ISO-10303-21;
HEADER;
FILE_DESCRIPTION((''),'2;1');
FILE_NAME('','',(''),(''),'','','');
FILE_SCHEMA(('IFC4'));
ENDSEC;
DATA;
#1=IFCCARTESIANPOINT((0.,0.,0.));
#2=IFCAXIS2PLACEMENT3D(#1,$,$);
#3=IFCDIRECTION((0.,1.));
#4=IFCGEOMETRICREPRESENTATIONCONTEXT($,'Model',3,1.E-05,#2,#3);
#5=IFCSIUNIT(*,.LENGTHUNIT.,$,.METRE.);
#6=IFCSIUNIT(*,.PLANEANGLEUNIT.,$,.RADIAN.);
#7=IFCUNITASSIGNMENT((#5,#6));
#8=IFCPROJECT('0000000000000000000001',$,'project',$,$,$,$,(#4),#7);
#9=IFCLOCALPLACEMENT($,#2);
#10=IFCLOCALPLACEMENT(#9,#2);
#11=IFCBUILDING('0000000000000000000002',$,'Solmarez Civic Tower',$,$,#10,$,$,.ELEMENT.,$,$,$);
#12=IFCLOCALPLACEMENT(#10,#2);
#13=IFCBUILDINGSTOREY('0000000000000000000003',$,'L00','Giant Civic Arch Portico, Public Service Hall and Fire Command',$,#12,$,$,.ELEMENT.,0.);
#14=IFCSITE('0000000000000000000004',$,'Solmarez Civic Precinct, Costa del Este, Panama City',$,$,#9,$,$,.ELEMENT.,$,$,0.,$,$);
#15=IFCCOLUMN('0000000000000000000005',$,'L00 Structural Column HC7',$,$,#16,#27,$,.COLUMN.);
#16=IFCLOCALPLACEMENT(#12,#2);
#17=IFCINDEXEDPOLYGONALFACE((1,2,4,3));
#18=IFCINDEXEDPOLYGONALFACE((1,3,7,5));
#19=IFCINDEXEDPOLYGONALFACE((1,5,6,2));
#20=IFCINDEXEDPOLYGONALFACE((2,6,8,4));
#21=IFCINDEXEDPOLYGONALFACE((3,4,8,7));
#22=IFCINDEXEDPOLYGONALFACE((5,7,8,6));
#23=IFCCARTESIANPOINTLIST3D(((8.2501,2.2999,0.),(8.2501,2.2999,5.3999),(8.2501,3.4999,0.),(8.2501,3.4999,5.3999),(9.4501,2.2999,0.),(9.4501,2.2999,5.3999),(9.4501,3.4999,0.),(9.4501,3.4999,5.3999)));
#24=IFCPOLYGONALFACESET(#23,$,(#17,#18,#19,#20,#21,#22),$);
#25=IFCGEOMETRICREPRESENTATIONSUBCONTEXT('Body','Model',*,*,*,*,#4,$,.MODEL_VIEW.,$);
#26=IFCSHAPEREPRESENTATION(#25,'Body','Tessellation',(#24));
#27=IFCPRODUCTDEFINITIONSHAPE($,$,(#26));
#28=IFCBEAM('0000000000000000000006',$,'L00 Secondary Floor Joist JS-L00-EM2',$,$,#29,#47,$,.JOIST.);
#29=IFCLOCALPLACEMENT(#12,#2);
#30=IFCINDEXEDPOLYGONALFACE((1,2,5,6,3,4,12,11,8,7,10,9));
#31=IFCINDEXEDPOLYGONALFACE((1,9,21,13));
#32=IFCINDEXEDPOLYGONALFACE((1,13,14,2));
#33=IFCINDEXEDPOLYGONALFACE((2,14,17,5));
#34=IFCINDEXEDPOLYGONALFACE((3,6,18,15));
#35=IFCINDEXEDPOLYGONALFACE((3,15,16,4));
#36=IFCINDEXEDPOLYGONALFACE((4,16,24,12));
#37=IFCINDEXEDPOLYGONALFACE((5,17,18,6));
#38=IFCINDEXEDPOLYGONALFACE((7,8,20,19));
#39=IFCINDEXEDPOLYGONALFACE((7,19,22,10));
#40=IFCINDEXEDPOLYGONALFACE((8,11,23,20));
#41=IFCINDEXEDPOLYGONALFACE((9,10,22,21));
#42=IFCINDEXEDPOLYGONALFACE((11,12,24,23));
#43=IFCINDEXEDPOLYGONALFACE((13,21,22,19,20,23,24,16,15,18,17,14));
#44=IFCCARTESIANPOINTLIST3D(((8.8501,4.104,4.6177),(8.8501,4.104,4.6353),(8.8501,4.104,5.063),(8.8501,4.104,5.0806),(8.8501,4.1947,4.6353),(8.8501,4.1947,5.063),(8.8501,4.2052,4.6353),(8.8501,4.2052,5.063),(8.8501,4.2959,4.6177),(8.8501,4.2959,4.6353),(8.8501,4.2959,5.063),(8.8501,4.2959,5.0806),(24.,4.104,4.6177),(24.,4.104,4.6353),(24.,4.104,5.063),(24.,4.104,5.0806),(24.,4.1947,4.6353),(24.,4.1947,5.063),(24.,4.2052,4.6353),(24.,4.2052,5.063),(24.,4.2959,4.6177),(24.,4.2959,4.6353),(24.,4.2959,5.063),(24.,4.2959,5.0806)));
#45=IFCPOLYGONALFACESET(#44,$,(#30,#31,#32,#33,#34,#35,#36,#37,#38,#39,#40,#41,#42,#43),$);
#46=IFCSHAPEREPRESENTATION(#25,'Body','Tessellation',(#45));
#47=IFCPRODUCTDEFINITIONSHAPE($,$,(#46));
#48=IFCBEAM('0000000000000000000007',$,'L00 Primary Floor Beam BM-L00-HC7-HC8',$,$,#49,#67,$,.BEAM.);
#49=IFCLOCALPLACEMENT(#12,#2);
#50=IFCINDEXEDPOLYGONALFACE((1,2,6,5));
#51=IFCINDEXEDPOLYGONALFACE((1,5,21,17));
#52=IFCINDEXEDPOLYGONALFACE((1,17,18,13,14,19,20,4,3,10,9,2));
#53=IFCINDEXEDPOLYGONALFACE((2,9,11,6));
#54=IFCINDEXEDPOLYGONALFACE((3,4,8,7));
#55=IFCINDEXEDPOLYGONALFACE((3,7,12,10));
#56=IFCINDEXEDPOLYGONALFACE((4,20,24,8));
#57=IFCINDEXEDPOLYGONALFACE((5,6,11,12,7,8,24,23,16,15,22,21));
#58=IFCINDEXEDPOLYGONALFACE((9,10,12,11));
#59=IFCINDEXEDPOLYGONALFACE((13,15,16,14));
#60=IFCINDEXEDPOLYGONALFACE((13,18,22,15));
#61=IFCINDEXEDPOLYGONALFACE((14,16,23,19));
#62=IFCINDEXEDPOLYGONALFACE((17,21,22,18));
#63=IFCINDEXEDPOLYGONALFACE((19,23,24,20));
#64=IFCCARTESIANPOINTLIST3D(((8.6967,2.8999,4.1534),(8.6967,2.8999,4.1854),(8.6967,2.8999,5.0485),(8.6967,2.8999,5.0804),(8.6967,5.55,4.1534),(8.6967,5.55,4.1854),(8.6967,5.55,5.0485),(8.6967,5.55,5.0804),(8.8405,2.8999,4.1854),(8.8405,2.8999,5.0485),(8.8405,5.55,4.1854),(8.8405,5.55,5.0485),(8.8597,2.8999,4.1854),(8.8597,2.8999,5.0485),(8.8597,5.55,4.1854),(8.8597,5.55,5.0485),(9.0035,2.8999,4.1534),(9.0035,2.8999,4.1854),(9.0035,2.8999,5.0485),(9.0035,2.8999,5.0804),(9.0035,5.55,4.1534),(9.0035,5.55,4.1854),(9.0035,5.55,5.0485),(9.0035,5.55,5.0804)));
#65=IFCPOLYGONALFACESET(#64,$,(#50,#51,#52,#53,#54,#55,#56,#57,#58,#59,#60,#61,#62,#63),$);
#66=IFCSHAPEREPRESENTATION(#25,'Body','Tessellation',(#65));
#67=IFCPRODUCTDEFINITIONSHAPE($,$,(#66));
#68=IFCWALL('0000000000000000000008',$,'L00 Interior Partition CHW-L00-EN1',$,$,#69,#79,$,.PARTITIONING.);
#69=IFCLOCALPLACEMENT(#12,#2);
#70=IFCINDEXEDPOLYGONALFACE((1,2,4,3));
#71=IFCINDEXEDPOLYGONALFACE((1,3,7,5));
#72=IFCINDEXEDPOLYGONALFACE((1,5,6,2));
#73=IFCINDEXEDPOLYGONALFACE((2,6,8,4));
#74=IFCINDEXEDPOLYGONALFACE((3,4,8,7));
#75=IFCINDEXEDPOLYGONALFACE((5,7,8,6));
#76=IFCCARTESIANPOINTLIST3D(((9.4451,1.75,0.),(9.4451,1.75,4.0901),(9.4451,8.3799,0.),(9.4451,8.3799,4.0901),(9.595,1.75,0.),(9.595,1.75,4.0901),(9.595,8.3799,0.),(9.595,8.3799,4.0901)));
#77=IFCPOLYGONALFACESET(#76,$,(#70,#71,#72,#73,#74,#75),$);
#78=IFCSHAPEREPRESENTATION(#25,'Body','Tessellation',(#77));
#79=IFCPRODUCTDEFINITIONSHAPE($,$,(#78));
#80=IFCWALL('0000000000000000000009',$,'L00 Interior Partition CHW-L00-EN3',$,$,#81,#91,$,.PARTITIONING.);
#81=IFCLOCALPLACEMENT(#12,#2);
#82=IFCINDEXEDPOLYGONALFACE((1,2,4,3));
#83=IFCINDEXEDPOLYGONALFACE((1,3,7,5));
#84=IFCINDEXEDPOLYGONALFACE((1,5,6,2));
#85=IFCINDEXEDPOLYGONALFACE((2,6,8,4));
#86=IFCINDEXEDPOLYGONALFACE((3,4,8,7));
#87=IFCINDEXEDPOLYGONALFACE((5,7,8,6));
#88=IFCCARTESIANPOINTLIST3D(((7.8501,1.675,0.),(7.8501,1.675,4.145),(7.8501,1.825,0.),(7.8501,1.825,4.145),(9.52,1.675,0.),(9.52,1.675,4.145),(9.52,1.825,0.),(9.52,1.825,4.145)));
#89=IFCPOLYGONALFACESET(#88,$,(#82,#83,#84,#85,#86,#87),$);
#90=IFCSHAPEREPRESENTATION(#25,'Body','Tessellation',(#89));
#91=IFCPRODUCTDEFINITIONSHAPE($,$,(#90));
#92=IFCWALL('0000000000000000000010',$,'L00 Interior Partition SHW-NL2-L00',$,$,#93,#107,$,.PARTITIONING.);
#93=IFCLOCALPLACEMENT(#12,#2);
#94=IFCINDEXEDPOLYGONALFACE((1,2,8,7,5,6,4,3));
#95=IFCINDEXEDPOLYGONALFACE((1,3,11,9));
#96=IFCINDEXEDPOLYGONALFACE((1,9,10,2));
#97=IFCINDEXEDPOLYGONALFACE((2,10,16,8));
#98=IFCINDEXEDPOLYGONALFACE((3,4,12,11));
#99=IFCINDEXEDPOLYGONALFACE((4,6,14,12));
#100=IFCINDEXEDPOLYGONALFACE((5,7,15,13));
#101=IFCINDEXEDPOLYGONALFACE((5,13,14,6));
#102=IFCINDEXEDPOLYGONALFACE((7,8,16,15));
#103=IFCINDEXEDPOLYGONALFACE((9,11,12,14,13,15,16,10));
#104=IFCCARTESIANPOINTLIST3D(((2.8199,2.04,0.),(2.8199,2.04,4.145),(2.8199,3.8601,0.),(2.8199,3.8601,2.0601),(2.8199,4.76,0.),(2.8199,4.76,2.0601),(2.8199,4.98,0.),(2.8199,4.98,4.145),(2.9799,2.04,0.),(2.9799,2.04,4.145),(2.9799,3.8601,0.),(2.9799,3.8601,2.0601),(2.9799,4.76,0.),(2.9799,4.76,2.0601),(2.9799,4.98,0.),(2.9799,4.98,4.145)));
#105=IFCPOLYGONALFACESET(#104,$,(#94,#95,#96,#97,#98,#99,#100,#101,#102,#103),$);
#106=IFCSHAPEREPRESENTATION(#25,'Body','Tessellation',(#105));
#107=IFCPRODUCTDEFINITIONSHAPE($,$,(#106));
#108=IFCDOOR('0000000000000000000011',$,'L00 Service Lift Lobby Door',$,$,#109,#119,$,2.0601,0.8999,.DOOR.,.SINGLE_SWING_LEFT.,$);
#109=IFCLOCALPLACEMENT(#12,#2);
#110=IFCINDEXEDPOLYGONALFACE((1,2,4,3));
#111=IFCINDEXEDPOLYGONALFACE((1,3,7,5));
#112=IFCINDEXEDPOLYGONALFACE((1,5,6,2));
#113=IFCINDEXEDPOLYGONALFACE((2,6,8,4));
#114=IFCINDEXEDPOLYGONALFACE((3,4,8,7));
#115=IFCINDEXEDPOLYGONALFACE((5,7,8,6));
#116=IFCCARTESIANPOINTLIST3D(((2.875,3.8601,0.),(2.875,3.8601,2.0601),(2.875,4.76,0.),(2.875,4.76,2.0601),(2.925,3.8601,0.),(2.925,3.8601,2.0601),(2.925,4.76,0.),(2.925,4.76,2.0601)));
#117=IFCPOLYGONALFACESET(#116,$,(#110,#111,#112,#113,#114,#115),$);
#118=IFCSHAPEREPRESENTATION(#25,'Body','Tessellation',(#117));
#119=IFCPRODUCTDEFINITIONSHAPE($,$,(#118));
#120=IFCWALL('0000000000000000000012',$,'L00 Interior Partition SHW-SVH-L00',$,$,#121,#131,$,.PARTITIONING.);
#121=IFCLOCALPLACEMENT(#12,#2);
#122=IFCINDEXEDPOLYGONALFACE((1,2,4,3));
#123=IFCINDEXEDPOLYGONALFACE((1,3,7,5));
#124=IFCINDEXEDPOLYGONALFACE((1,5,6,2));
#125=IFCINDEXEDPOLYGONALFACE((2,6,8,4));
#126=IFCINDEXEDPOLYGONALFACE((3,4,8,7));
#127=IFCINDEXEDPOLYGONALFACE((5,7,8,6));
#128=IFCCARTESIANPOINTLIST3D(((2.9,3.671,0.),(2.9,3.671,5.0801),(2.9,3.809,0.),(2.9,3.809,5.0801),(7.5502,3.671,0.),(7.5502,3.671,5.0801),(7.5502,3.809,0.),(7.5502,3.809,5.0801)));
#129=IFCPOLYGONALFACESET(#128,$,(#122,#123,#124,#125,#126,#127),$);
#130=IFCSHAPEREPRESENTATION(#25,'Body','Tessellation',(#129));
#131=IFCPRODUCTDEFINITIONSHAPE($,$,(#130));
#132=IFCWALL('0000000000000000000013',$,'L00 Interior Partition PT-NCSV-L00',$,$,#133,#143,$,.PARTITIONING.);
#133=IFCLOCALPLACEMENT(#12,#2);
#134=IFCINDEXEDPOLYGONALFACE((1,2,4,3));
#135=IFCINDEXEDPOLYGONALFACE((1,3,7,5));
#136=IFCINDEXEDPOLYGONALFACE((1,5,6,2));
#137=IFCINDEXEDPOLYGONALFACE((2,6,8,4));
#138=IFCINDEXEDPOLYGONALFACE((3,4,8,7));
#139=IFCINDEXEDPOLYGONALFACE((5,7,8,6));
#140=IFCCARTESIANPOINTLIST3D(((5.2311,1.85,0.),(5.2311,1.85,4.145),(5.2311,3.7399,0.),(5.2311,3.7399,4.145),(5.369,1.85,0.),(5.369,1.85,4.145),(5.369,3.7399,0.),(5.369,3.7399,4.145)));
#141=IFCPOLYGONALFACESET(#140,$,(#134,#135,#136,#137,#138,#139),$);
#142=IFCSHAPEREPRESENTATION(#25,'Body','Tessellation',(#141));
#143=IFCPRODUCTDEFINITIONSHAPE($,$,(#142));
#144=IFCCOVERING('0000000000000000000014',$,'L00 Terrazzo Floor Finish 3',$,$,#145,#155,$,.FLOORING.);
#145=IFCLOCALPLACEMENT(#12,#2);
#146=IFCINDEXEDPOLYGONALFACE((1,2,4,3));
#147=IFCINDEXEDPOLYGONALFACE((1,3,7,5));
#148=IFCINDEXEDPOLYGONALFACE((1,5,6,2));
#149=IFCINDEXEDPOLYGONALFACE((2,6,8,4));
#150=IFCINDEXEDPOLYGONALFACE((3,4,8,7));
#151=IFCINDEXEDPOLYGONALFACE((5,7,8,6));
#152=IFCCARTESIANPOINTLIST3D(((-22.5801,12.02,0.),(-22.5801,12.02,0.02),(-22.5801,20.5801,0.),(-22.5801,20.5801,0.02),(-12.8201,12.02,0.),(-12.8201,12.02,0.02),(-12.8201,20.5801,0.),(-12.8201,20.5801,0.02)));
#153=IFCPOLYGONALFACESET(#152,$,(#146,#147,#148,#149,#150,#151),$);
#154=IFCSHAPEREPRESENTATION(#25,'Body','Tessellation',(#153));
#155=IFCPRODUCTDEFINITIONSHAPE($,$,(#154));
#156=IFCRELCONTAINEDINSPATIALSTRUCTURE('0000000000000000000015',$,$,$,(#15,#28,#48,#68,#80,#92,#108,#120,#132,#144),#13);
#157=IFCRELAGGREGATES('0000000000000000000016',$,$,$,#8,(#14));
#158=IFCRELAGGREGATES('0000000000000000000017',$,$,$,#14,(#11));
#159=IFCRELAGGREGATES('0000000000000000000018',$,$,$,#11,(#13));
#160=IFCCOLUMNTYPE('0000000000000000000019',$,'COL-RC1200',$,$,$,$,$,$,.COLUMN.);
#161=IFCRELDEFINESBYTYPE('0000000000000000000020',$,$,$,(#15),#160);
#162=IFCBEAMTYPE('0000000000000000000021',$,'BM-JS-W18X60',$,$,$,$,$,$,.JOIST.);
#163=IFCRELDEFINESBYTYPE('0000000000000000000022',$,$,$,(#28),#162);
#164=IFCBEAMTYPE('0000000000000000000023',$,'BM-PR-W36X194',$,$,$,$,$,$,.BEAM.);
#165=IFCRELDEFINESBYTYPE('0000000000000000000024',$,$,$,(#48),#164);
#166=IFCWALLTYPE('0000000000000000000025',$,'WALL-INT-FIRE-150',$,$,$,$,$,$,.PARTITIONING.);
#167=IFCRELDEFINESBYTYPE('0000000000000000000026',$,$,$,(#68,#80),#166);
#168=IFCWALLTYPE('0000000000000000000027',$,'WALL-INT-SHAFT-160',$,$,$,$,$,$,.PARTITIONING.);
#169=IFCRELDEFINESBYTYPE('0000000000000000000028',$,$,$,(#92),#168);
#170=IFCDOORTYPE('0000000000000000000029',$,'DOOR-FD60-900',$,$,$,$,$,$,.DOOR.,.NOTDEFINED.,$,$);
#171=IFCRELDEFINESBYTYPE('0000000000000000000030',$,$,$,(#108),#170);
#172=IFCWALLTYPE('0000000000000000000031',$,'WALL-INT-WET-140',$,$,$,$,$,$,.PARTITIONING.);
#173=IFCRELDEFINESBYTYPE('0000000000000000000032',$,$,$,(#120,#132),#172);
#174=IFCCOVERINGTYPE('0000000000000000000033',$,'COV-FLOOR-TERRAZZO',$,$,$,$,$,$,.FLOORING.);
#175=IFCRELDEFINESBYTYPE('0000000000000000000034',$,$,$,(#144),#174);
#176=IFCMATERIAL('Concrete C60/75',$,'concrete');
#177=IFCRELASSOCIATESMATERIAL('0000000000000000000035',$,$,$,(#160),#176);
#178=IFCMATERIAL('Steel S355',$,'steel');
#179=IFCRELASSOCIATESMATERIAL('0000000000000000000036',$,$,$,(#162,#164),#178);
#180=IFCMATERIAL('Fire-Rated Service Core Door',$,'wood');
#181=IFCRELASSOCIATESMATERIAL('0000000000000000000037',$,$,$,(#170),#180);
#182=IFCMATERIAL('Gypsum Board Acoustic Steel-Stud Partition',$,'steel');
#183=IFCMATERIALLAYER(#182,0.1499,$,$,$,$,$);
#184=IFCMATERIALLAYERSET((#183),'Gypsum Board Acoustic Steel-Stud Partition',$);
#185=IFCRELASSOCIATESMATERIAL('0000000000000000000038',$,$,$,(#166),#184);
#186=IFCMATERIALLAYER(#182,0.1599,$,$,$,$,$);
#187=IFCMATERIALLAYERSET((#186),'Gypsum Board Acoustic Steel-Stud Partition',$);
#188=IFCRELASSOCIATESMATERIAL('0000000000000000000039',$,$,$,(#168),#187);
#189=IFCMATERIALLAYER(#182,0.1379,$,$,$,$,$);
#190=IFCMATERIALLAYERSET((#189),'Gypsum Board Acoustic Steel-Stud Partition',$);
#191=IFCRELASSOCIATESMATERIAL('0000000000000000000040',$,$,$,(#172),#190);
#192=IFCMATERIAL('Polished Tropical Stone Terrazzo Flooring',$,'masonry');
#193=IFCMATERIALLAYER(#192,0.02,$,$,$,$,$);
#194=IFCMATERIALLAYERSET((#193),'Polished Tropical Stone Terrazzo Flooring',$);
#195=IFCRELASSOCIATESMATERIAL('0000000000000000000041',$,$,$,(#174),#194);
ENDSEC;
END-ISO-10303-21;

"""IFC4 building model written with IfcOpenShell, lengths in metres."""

from ifc_helpers import new_model, si_unit, direction, frame, frame_2d, origin, origin_2d, place, context, subcontext, project, spatial, polyline, rectangle, i_section, outline, extrude, material, layer, layer_set, material_profile, profile_set, type_object, element, fill, save


model = new_model("IFC4")

# Units and contexts
model_context = context("Model", 3, precision=1e-05, world=origin(), true_north=direction((0.0, 1.0)))
body_context = subcontext(model_context, "Body", "Model", "MODEL_VIEW")
ifc_project = project(units=[si_unit("LENGTHUNIT", "METRE"), si_unit("PLANEANGLEUNIT", "RADIAN")], contexts=[model_context])

# Site, building, storey
site_placement = place(None, origin())
site = spatial("IfcSite", under=ifc_project, at=site_placement, Name="Solmarez Civic Precinct, Costa del Este, Panama City", CompositionType="ELEMENT", RefElevation=0.0)
building_placement = place(site_placement, origin())
building = spatial("IfcBuilding", under=site, at=building_placement, Name="Solmarez Civic Tower", CompositionType="ELEMENT")
storey_placement = place(building_placement, origin())
storey = spatial("IfcBuildingStorey", under=building, at=storey_placement, Name="L00", Description="Giant Civic Arch Portico, Public Service Hall and Fire Command", CompositionType="ELEMENT", Elevation=0.0)

# Column
ifc_material_1 = material(Name="Concrete C60/75", Category="concrete")
ifc_material_profile_1 = material_profile(ifc_material_1, rectangle(XDim=1.2, YDim=1.2, at=origin_2d()), Name="RC1200X1200")
ifc_profile_set_1 = profile_set([ifc_material_profile_1], Name="Concrete C60/75")
column_type = type_object("IfcColumnType", Name="COL-RC1200", PredefinedType="COLUMN", material=ifc_profile_set_1)
column_placement = place(storey_placement, frame((8.8501, 2.8999, 0.0), z_axis=(0.0, 0.0, 1.0), x_axis=(1.0, 0.0, 0.0)))
element("IfcColumn", 1, at=column_placement, inside=storey, type_object=column_type, Name="L00 Structural Column HC7", PredefinedType="COLUMN", context=body_context, shape_type="SweptSolid", body=[
    extrude(rectangle(XDim=1.2, YDim=1.2, at=origin_2d()), origin(), (0.0, 0.0, 1.0), 5.3999),
])

# Beams
ifc_material_2 = material(Name="Steel S355", Category="steel")
ifc_material_profile_2 = material_profile(ifc_material_2, i_section(OverallWidth=0.1919, OverallDepth=0.4629, WebThickness=0.0105, FlangeThickness=0.0176, at=origin_2d()), Name="W18X60")
ifc_profile_set_2 = profile_set([ifc_material_profile_2], Name="Steel S355")
beam_type_1 = type_object("IfcBeamType", Name="BM-JS-W18X60", PredefinedType="JOIST", material=ifc_profile_set_2)
beam_1_placement = place(storey_placement, frame((8.8501, 4.2, 4.8491), z_axis=(1.0, 0.0, 0.0), x_axis=(0.0, 1.0, 0.0)))
element("IfcBeam", 2, at=beam_1_placement, inside=storey, type_object=beam_type_1, Name="L00 Secondary Floor Joist JS-L00-EM2", PredefinedType="JOIST", context=body_context, shape_type="SweptSolid", body=[
    extrude(i_section(OverallWidth=0.1919, OverallDepth=0.4629, WebThickness=0.0105, FlangeThickness=0.0176, at=origin_2d()), origin(), (0.0, 0.0, 1.0), 15.1499),
])
ifc_material_profile_3 = material_profile(ifc_material_2, i_section(OverallWidth=0.3069, OverallDepth=0.927, WebThickness=0.0193, FlangeThickness=0.032, at=origin_2d()), Name="W36X194")
ifc_profile_set_3 = profile_set([ifc_material_profile_3], Name="Steel S355")
beam_type_2 = type_object("IfcBeamType", Name="BM-PR-W36X194", PredefinedType="BEAM", material=ifc_profile_set_3)
beam_2_placement = place(storey_placement, frame((8.8501, 2.8999, 4.6169), z_axis=(0.0, 1.0, 0.0), x_axis=(-1.0, 0.0, 0.0)))
element("IfcBeam", 3, at=beam_2_placement, inside=storey, type_object=beam_type_2, Name="L00 Primary Floor Beam BM-L00-HC7-HC8", PredefinedType="BEAM", context=body_context, shape_type="SweptSolid", body=[
    extrude(i_section(OverallWidth=0.3069, OverallDepth=0.927, WebThickness=0.0193, FlangeThickness=0.032, at=origin_2d()), origin(), (0.0, 0.0, 1.0), 2.6501),
])

# Shared definitions
ifc_material_3 = material(Name="Fire-Rated Service Core Door", Category="wood")
door_type_1 = type_object("IfcDoorType", Name="DOOR-FD60-900", OperationType="NOTDEFINED", PredefinedType="DOOR", material=ifc_material_3)

# Walls
ifc_material_4 = material(Name="Gypsum Board Acoustic Steel-Stud Partition", Category="steel")
ifc_layer_1 = layer(ifc_material_4, 0.1499)
ifc_layer_set_1 = layer_set([ifc_layer_1], Name="Gypsum Board Acoustic Steel-Stud Partition")
wall_type_1 = type_object("IfcWallType", Name="WALL-INT-FIRE-150", PredefinedType="PARTITIONING", material=ifc_layer_set_1)
wall_1_placement = place(storey_placement, frame((9.52, 1.75, 0.0), z_axis=(0.0, 0.0, 1.0), x_axis=(0.0, 1.0, 0.0)))
element("IfcWall", 4, at=wall_1_placement, inside=storey, type_object=wall_type_1, Name="L00 Interior Partition CHW-L00-EN1", PredefinedType="PARTITIONING", context=body_context, shape_type="SweptSolid", body=[
    extrude(rectangle(XDim=6.6299, YDim=0.1499, at=frame_2d((3.3149, 0.0))), origin(), (0.0, 0.0, 1.0), 4.0901),
])
wall_2_placement = place(storey_placement, frame((7.8501, 1.75, 0.0), z_axis=(0.0, 0.0, 1.0), x_axis=(1.0, 0.0, 0.0)))
element("IfcWall", 5, at=wall_2_placement, inside=storey, type_object=wall_type_1, Name="L00 Interior Partition CHW-L00-EN3", PredefinedType="PARTITIONING", context=body_context, shape_type="SweptSolid", body=[
    extrude(rectangle(XDim=1.6699, YDim=0.1499, at=frame_2d((0.835, 0.0))), origin(), (0.0, 0.0, 1.0), 4.145),
])

# Wall, opening, door
ifc_layer_2 = layer(ifc_material_4, 0.1599)
ifc_layer_set_2 = layer_set([ifc_layer_2], Name="Gypsum Board Acoustic Steel-Stud Partition")
wall_type_2 = type_object("IfcWallType", Name="WALL-INT-SHAFT-160", PredefinedType="PARTITIONING", material=ifc_layer_set_2)
wall_3_placement = place(storey_placement, frame((2.8999, 2.04, 0.0), z_axis=(0.0, 0.0, 1.0), x_axis=(0.0, 1.0, 0.0)))
wall_3 = element("IfcWall", 6, at=wall_3_placement, inside=storey, type_object=wall_type_2, Name="L00 Interior Partition SHW-NL2-L00", PredefinedType="PARTITIONING", context=body_context, shape_type="SweptSolid", body=[
    extrude(rectangle(XDim=2.9399, YDim=0.1599, at=frame_2d((1.47, 0.0))), origin(), (0.0, 0.0, 1.0), 4.145),
])
opening_1_placement = place(wall_3_placement, frame((1.8201, 0.0, 0.0)))
opening_1 = element("IfcOpeningElement", 7, at=opening_1_placement, cuts=wall_3, PredefinedType="OPENING", context=body_context, shape_type="SweptSolid", body=[
    extrude(rectangle(XDim=0.8999, YDim=2.0601, at=frame_2d((0.45, 1.03))), frame((0.0, 0.0898, 0.0), z_axis=(0.0, -1.0, 0.0), x_axis=(1.0, 0.0, 0.0)), (0.0, 0.0, 1.0), 0.1799),
])
door_1_placement = place(opening_1_placement, origin())
door_1 = element("IfcDoor", 8, at=door_1_placement, inside=storey, type_object=door_type_1, Name="L00 Service Lift Lobby Door", OperationType="SINGLE_SWING_LEFT", OverallHeight=2.0601, OverallWidth=0.8999, PredefinedType="DOOR", context=body_context, shape_type="SweptSolid", body=[
    extrude(rectangle(XDim=0.8999, YDim=2.0601, at=frame_2d((0.45, 1.03))), frame((0.0, 0.0249, 0.0), z_axis=(0.0, -1.0, 0.0), x_axis=(1.0, 0.0, 0.0)), (0.0, 0.0, 1.0), 0.05),
])
fill(opening_1, door_1)

# Walls
ifc_layer_3 = layer(ifc_material_4, 0.1379)
ifc_layer_set_3 = layer_set([ifc_layer_3], Name="Gypsum Board Acoustic Steel-Stud Partition")
wall_type_3 = type_object("IfcWallType", Name="WALL-INT-WET-140", PredefinedType="PARTITIONING", material=ifc_layer_set_3)
wall_4_placement = place(storey_placement, frame((2.8999, 3.74, 0.0), z_axis=(0.0, 0.0, 1.0), x_axis=(1.0, 0.0, 0.0)))
element("IfcWall", 9, at=wall_4_placement, inside=storey, type_object=wall_type_3, Name="L00 Interior Partition SHW-SVH-L00", PredefinedType="PARTITIONING", context=body_context, shape_type="SweptSolid", body=[
    extrude(rectangle(XDim=4.6501, YDim=0.1379, at=frame_2d((2.3252, 0.0))), origin(), (0.0, 0.0, 1.0), 5.0801),
])
wall_5_placement = place(storey_placement, frame((5.3, 1.8501, 0.0), z_axis=(0.0, 0.0, 1.0), x_axis=(0.0, 1.0, 0.0)))
element("IfcWall", 10, at=wall_5_placement, inside=storey, type_object=wall_type_3, Name="L00 Interior Partition PT-NCSV-L00", PredefinedType="PARTITIONING", context=body_context, shape_type="SweptSolid", body=[
    extrude(rectangle(XDim=1.8899, YDim=0.1379, at=frame_2d((0.9448, 0.0))), origin(), (0.0, 0.0, 1.0), 4.145),
])

# Covering
ifc_material_5 = material(Name="Polished Tropical Stone Terrazzo Flooring", Category="masonry")
ifc_layer_4 = layer(ifc_material_5, 0.02)
ifc_layer_set_4 = layer_set([ifc_layer_4], Name="Polished Tropical Stone Terrazzo Flooring")
covering_type = type_object("IfcCoveringType", Name="COV-FLOOR-TERRAZZO", PredefinedType="FLOORING", material=ifc_layer_set_4)
covering_placement = place(storey_placement, origin())
element("IfcCovering", 11, at=covering_placement, inside=storey, type_object=covering_type, Name="L00 Terrazzo Floor Finish 3", PredefinedType="FLOORING", context=body_context, shape_type="SweptSolid", body=[
    extrude(outline(polyline([(-12.8201, 12.02), (-12.8201, 20.5801), (-22.5801, 20.5801), (-22.5801, 12.02), (-12.8201, 12.02)])), origin(), (0.0, 0.0, 1.0), 0.02),
])

save(model, "model.ifc")
